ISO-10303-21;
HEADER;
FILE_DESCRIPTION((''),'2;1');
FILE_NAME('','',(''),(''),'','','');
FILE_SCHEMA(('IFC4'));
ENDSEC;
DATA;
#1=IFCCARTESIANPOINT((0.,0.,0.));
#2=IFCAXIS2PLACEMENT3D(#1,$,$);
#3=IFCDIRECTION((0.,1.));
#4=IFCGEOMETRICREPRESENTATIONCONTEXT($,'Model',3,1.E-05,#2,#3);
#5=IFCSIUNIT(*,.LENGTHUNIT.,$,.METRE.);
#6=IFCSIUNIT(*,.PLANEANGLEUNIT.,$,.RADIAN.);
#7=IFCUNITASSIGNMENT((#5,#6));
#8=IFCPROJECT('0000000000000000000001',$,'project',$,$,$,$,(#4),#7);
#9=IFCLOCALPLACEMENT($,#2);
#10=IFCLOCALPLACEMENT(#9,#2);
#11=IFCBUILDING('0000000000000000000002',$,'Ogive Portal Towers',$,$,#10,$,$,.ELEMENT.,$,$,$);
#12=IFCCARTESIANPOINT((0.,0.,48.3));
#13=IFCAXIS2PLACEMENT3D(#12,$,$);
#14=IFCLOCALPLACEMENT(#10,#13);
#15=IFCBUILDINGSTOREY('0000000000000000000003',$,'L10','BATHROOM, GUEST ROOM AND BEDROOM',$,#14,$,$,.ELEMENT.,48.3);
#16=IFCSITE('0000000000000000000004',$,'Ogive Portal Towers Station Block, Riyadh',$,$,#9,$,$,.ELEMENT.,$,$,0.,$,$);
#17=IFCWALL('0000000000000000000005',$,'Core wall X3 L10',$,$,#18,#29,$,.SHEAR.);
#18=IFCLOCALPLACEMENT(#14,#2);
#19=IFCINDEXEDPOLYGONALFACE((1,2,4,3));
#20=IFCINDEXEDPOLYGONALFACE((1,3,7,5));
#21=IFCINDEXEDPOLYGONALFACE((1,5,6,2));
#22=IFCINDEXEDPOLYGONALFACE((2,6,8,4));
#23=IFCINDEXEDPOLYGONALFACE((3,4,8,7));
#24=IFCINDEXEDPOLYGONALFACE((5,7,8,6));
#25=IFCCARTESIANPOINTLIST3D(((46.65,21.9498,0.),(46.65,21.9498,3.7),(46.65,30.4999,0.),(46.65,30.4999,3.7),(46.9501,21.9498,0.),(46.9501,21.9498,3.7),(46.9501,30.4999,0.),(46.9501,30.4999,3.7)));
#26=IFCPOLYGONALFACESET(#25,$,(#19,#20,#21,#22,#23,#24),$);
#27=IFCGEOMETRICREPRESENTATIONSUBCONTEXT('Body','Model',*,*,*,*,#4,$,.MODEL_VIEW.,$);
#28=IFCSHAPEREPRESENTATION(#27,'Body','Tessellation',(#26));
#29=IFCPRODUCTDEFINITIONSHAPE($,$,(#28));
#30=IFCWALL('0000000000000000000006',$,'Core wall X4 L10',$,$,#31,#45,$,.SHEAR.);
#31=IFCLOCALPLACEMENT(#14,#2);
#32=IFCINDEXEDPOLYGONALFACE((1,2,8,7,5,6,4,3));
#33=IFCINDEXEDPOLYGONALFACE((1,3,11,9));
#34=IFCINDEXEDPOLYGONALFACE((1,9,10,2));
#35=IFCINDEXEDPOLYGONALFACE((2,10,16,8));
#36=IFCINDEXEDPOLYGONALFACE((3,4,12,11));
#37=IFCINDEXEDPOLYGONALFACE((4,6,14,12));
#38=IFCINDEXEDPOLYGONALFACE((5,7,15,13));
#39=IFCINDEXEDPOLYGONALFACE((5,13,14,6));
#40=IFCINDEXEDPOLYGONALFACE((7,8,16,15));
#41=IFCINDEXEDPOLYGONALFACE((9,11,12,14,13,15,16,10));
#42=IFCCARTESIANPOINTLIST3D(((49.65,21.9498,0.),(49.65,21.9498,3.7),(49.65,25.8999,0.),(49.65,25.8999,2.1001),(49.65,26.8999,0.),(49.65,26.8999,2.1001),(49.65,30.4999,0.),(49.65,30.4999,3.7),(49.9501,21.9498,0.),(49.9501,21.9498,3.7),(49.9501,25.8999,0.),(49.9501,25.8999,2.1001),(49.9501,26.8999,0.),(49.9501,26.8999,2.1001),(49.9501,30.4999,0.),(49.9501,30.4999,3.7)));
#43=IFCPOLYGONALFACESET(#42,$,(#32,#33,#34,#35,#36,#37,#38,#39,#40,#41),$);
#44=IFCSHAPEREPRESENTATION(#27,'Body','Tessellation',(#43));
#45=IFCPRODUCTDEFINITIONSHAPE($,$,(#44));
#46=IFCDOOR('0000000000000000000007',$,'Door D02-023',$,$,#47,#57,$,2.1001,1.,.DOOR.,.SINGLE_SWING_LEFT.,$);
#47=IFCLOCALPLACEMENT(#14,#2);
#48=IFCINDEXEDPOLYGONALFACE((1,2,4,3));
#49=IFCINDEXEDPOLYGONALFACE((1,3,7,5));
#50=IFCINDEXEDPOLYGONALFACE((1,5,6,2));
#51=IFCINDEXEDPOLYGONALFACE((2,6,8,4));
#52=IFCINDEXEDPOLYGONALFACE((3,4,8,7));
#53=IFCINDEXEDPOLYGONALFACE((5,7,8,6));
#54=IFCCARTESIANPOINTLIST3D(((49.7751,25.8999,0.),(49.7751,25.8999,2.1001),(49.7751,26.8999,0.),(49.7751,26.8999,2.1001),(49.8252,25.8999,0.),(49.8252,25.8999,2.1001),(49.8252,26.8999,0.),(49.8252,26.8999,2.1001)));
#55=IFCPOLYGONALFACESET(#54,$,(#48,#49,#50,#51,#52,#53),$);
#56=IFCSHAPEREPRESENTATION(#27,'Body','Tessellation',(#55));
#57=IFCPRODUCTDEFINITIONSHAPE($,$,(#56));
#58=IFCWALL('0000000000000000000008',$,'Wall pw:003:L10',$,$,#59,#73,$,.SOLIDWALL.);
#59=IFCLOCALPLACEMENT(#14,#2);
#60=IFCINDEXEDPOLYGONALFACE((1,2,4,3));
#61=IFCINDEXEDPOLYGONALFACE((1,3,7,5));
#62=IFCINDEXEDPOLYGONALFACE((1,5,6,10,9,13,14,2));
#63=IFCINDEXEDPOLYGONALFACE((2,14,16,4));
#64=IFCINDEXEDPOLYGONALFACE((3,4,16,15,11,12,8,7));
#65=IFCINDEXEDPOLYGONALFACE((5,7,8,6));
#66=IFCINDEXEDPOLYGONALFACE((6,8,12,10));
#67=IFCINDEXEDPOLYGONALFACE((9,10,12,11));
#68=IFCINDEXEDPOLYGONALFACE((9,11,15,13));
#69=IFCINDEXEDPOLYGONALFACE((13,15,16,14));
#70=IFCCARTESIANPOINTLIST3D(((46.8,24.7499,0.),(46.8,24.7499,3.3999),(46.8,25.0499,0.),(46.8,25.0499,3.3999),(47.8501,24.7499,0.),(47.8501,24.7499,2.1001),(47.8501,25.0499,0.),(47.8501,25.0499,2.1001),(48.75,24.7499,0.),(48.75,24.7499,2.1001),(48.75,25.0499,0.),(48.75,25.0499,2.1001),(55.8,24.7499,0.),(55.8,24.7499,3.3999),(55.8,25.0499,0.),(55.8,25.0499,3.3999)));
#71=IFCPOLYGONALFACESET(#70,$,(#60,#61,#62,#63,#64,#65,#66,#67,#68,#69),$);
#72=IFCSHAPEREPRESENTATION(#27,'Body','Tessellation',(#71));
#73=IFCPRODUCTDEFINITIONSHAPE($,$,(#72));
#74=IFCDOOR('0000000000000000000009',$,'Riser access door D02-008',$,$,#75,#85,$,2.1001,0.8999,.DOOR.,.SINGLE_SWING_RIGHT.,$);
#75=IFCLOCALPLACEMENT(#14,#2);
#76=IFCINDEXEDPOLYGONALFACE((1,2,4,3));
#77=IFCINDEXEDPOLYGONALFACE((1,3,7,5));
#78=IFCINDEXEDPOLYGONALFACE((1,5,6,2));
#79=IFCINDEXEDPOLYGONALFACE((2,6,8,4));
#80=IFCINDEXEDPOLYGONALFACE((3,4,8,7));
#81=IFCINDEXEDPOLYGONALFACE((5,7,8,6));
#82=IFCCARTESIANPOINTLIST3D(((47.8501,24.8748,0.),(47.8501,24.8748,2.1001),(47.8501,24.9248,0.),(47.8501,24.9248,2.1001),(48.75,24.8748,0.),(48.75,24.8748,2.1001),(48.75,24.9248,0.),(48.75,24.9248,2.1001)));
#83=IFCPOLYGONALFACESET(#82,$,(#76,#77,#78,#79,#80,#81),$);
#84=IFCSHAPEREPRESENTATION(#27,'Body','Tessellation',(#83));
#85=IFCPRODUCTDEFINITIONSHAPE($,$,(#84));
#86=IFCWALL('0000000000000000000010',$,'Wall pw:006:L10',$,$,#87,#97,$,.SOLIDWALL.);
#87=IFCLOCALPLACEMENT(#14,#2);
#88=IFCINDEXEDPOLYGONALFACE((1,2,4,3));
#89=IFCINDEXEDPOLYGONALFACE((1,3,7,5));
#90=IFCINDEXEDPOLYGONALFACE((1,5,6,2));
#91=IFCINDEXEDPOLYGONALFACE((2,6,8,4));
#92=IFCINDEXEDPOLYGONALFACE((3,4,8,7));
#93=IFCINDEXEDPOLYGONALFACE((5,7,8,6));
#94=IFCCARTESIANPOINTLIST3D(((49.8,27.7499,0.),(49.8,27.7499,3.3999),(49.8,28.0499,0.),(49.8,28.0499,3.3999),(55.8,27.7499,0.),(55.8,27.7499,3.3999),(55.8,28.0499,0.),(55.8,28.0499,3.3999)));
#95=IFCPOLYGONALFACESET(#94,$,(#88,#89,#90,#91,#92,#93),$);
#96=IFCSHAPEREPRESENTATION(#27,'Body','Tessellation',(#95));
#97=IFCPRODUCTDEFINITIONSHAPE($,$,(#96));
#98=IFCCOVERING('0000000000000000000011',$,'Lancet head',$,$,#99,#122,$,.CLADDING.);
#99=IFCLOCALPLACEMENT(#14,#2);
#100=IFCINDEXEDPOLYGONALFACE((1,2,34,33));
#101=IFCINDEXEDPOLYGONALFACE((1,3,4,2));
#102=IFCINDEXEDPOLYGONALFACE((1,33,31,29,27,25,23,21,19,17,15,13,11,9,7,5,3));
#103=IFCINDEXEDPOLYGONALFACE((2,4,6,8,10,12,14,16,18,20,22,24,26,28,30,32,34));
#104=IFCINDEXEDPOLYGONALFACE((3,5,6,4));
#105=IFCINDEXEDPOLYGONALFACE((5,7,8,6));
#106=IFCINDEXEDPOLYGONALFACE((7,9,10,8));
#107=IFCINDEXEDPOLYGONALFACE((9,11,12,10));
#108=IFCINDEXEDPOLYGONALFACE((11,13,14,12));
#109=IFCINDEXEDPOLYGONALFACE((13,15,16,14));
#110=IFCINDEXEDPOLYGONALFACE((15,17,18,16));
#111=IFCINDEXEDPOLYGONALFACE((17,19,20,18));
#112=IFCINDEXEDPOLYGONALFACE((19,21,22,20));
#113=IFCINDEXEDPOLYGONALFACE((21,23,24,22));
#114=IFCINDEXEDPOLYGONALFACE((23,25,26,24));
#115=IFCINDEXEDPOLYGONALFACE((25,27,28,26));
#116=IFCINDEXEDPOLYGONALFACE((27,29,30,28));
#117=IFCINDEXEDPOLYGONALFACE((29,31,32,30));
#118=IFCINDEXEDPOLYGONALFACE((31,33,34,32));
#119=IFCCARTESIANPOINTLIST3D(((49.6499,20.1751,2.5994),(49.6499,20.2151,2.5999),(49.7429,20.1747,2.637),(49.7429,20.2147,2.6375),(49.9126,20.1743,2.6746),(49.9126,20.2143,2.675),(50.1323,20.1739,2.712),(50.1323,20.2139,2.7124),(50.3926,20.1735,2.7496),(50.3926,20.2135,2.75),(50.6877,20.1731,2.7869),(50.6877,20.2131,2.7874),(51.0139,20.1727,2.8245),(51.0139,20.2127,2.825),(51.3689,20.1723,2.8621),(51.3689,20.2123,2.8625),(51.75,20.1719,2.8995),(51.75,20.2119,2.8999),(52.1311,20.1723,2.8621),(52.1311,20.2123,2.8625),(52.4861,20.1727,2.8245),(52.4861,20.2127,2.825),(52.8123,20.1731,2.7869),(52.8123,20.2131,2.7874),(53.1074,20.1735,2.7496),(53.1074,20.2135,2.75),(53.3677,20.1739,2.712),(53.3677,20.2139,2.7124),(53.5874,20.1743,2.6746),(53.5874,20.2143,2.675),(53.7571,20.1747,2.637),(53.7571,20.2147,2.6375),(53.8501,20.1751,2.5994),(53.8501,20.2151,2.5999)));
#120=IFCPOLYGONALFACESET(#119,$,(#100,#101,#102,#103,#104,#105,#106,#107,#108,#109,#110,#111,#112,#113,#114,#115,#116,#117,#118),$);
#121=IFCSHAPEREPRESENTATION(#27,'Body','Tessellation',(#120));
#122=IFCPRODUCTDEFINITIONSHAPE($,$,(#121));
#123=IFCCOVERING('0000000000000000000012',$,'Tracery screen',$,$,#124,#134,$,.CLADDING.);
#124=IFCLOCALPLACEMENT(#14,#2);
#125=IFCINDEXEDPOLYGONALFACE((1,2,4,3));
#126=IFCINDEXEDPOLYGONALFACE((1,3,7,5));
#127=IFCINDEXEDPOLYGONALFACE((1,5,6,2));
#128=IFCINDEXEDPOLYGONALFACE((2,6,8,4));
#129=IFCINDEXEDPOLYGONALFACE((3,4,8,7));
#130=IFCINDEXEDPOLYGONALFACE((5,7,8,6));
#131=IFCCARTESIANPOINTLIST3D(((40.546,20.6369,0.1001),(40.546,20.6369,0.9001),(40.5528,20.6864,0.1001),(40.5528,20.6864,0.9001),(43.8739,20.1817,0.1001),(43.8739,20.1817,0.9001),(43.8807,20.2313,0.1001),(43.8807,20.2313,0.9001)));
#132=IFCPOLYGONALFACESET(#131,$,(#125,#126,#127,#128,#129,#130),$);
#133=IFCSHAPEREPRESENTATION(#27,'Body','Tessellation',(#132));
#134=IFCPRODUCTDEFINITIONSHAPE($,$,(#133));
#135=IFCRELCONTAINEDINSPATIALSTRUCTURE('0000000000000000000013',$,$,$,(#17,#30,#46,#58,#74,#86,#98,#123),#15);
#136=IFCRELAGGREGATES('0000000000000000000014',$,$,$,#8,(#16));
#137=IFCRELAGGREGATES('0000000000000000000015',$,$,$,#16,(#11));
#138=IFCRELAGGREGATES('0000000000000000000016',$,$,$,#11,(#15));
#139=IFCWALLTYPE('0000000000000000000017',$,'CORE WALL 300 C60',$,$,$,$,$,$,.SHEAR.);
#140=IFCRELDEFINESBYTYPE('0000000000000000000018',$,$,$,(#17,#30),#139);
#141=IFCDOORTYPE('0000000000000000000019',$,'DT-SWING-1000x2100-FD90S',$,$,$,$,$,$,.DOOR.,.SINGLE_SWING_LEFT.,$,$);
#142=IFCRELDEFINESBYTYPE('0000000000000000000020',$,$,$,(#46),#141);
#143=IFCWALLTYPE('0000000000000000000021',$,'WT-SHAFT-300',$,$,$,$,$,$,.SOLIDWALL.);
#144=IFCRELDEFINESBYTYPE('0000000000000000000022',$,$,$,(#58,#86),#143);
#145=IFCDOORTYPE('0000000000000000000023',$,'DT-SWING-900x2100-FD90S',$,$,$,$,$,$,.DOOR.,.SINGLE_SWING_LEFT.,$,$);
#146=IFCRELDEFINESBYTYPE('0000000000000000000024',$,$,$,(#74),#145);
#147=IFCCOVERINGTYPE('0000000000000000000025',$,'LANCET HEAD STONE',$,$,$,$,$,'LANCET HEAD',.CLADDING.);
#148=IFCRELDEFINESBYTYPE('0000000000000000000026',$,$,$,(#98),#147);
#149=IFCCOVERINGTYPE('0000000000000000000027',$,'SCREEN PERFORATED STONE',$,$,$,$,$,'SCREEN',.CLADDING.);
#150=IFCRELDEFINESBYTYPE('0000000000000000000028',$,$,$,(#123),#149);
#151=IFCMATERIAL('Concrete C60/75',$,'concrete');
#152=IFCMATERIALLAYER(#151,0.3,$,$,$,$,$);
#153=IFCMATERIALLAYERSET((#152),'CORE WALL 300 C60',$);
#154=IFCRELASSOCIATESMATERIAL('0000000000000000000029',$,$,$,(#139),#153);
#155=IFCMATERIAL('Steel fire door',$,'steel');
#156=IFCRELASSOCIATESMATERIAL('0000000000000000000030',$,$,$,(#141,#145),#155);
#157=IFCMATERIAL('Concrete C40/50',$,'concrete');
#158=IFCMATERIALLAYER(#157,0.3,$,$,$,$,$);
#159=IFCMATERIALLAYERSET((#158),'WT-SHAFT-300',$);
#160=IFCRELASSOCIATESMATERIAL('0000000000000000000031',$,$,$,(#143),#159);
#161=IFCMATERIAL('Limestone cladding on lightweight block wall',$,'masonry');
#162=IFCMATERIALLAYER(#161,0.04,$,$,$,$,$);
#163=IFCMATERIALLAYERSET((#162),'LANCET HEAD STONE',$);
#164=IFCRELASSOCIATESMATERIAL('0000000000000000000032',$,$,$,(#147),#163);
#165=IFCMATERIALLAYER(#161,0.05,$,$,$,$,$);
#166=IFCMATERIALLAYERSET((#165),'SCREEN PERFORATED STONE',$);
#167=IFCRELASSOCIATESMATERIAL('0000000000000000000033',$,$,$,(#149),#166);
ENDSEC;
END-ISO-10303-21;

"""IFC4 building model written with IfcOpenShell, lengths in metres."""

from ifc_helpers import new_model, si_unit, direction, frame, frame_2d, origin, origin_2d, place, context, subcontext, project, spatial, polyline, rectangle, outline, extrude, material, layer, layer_set, type_object, element, fill, save


model = new_model("IFC4")

# Units and contexts
model_context = context("Model", 3, precision=1e-05, world=origin(), true_north=direction((0.0, 1.0)))
body_context = subcontext(model_context, "Body", "Model", "MODEL_VIEW")
ifc_project = project(units=[si_unit("LENGTHUNIT", "METRE"), si_unit("PLANEANGLEUNIT", "RADIAN")], contexts=[model_context])

# Site, building, storey
site_placement = place(None, origin())
site = spatial("IfcSite", under=ifc_project, at=site_placement, Name="Ogive Portal Towers Station Block, Riyadh", CompositionType="ELEMENT", RefElevation=0.0)
building_placement = place(site_placement, origin())
building = spatial("IfcBuilding", under=site, at=building_placement, Name="Ogive Portal Towers", CompositionType="ELEMENT")
storey_placement = place(building_placement, frame((0.0, 0.0, 48.3)))
storey = spatial("IfcBuildingStorey", under=building, at=storey_placement, Name="L10", Description="BATHROOM, GUEST ROOM AND BEDROOM", CompositionType="ELEMENT", Elevation=48.3)

# Wall
ifc_material_1 = material(Name="Concrete C60/75", Category="concrete")
ifc_layer_1 = layer(ifc_material_1, 0.3)
ifc_layer_set_1 = layer_set([ifc_layer_1], Name="CORE WALL 300 C60")
wall_type_1 = type_object("IfcWallType", Name="CORE WALL 300 C60", PredefinedType="SHEAR", material=ifc_layer_set_1)
wall_1_placement = place(storey_placement, frame((46.8, 21.95, 0.0), z_axis=(0.0, 0.0, 1.0), x_axis=(0.0, 1.0, 0.0)))
element("IfcWall", 1, at=wall_1_placement, inside=storey, type_object=wall_type_1, Name="Core wall X3 L10", PredefinedType="SHEAR", context=body_context, shape_type="SweptSolid", body=[
    extrude(rectangle(XDim=8.55, YDim=0.3, at=frame_2d((4.2749, 0.0))), origin(), (0.0, 0.0, 1.0), 3.7),
])

# Wall, opening, door
wall_2_placement = place(storey_placement, frame((49.8, 21.95, 0.0), z_axis=(0.0, 0.0, 1.0), x_axis=(0.0, 1.0, 0.0)))
wall_2 = element("IfcWall", 2, at=wall_2_placement, inside=storey, type_object=wall_type_1, Name="Core wall X4 L10", PredefinedType="SHEAR", context=body_context, shape_type="SweptSolid", body=[
    extrude(rectangle(XDim=8.55, YDim=0.3, at=frame_2d((4.2749, 0.0))), origin(), (0.0, 0.0, 1.0), 3.7),
])
opening_1_placement = place(wall_2_placement, frame((3.95, 0.0, 0.0)))
opening_1 = element("IfcOpeningElement", 3, at=opening_1_placement, cuts=wall_2, PredefinedType="OPENING", context=body_context, shape_type="SweptSolid", body=[
    extrude(rectangle(XDim=1.0, YDim=2.1001, at=frame_2d((0.5, 1.05))), frame((0.0, 0.1602, 0.0), z_axis=(0.0, -1.0, 0.0), x_axis=(1.0, 0.0, 0.0)), (0.0, 0.0, 1.0), 0.3201),
])
ifc_material_2 = material(Name="Steel fire door", Category="steel")
door_type_1 = type_object("IfcDoorType", Name="DT-SWING-1000x2100-FD90S", OperationType="SINGLE_SWING_LEFT", PredefinedType="DOOR", material=ifc_material_2)
door_1_placement = place(opening_1_placement, origin())
door_1 = element("IfcDoor", 4, at=door_1_placement, inside=storey, type_object=door_type_1, Name="Door D02-023", OperationType="SINGLE_SWING_LEFT", OverallHeight=2.1001, OverallWidth=1.0, PredefinedType="DOOR", context=body_context, shape_type="SweptSolid", body=[
    extrude(rectangle(XDim=1.0, YDim=2.1001, at=frame_2d((0.5, 1.05))), frame((0.0, 0.0249, 0.0), z_axis=(0.0, -1.0, 0.0), x_axis=(1.0, 0.0, 0.0)), (0.0, 0.0, 1.0), 0.05),
])
fill(opening_1, door_1)

# Shared definitions
ifc_material_3 = material(Name="Limestone cladding on lightweight block wall", Category="masonry")

# Wall, opening, door
ifc_material_4 = material(Name="Concrete C40/50", Category="concrete")
ifc_layer_2 = layer(ifc_material_4, 0.3)
ifc_layer_set_2 = layer_set([ifc_layer_2], Name="WT-SHAFT-300")
wall_type_2 = type_object("IfcWallType", Name="WT-SHAFT-300", PredefinedType="SOLIDWALL", material=ifc_layer_set_2)
wall_3_placement = place(storey_placement, frame((46.8, 24.8999, 0.0), z_axis=(0.0, 0.0, 1.0), x_axis=(1.0, 0.0, 0.0)))
wall_3 = element("IfcWall", 5, at=wall_3_placement, inside=storey, type_object=wall_type_2, Name="Wall pw:003:L10", PredefinedType="SOLIDWALL", context=body_context, shape_type="SweptSolid", body=[
    extrude(rectangle(XDim=9.0, YDim=0.3, at=frame_2d((4.5, 0.0))), origin(), (0.0, 0.0, 1.0), 3.3999),
])
opening_2_placement = place(wall_3_placement, frame((1.05, 0.0, 0.0)))
opening_2 = element("IfcOpeningElement", 6, at=opening_2_placement, cuts=wall_3, PredefinedType="OPENING", context=body_context, shape_type="SweptSolid", body=[
    extrude(rectangle(XDim=0.8999, YDim=2.1001, at=frame_2d((0.45, 1.05))), frame((0.0, 0.1602, 0.0), z_axis=(0.0, -1.0, 0.0), x_axis=(1.0, 0.0, 0.0)), (0.0, 0.0, 1.0), 0.3201),
])
door_type_2 = type_object("IfcDoorType", Name="DT-SWING-900x2100-FD90S", OperationType="SINGLE_SWING_LEFT", PredefinedType="DOOR", material=ifc_material_2)
door_2_placement = place(opening_2_placement, origin())
door_2 = element("IfcDoor", 7, at=door_2_placement, inside=storey, type_object=door_type_2, Name="Riser access door D02-008", OperationType="SINGLE_SWING_RIGHT", OverallHeight=2.1001, OverallWidth=0.8999, PredefinedType="DOOR", context=body_context, shape_type="SweptSolid", body=[
    extrude(rectangle(XDim=0.8999, YDim=2.1001, at=frame_2d((0.45, 1.05))), frame((0.0, 0.0249, 0.0), z_axis=(0.0, -1.0, 0.0), x_axis=(1.0, 0.0, 0.0)), (0.0, 0.0, 1.0), 0.05),
])
fill(opening_2, door_2)

# Wall
wall_4_placement = place(storey_placement, frame((49.8, 27.8999, 0.0), z_axis=(0.0, 0.0, 1.0), x_axis=(1.0, 0.0, 0.0)))
element("IfcWall", 8, at=wall_4_placement, inside=storey, type_object=wall_type_2, Name="Wall pw:006:L10", PredefinedType="SOLIDWALL", context=body_context, shape_type="SweptSolid", body=[
    extrude(rectangle(XDim=6.0, YDim=0.3, at=frame_2d((3.0, 0.0))), origin(), (0.0, 0.0, 1.0), 3.3999),
])

# Coverings
ifc_layer_3 = layer(ifc_material_3, 0.04)
ifc_layer_set_3 = layer_set([ifc_layer_3], Name="LANCET HEAD STONE")
covering_type_1 = type_object("IfcCoveringType", Name="LANCET HEAD STONE", ElementType="LANCET HEAD", PredefinedType="CLADDING", material=ifc_layer_set_3)
covering_1_placement = place(storey_placement, frame((49.6499, 20.2151, 2.5999), z_axis=(0.0, 0.999944, 0.010623), x_axis=(1.0, 0.0, 0.0)))
element("IfcCovering", 9, at=covering_1_placement, inside=storey, type_object=covering_type_1, Name="Lancet head", PredefinedType="CLADDING", context=body_context, shape_type="SweptSolid", body=[
    extrude(outline(polyline([(0.0, 0.0), (4.2002, 0.0), (4.1072, -0.0376), (3.9375, -0.0752), (3.7178, -0.1126), (3.4575, -0.1502), (3.1624, -0.1875), (2.8362, -0.2251), (2.4812, -0.2627), (2.1001, -0.3001), (1.719, -0.2627), (1.364, -0.2251), (1.0378, -0.1875), (0.7427, -0.1502), (0.4824, -0.1126), (0.2627, -0.0752), (0.093, -0.0376), (0.0, 0.0)])), origin(), (0.0, 0.0, -1.0), 0.04),
])
ifc_layer_4 = layer(ifc_material_3, 0.05)
ifc_layer_set_4 = layer_set([ifc_layer_4], Name="SCREEN PERFORATED STONE")
covering_type_2 = type_object("IfcCoveringType", Name="SCREEN PERFORATED STONE", ElementType="SCREEN", PredefinedType="CLADDING", material=ifc_layer_set_4)
covering_2_placement = place(storey_placement, frame((42.2134, 20.4341, 0.1001), z_axis=(0.0, 0.0, 1.0), x_axis=(0.990777, -0.1355, 0.0)))
element("IfcCovering", 10, at=covering_2_placement, inside=storey, type_object=covering_type_2, Name="Tracery screen", PredefinedType="CLADDING", context=body_context, shape_type="SweptSolid", body=[
    extrude(rectangle(XDim=3.3589, YDim=0.05, at=origin_2d()), origin(), (0.0, 0.0, 1.0), 0.8),
])

save(model, "model.ifc")
